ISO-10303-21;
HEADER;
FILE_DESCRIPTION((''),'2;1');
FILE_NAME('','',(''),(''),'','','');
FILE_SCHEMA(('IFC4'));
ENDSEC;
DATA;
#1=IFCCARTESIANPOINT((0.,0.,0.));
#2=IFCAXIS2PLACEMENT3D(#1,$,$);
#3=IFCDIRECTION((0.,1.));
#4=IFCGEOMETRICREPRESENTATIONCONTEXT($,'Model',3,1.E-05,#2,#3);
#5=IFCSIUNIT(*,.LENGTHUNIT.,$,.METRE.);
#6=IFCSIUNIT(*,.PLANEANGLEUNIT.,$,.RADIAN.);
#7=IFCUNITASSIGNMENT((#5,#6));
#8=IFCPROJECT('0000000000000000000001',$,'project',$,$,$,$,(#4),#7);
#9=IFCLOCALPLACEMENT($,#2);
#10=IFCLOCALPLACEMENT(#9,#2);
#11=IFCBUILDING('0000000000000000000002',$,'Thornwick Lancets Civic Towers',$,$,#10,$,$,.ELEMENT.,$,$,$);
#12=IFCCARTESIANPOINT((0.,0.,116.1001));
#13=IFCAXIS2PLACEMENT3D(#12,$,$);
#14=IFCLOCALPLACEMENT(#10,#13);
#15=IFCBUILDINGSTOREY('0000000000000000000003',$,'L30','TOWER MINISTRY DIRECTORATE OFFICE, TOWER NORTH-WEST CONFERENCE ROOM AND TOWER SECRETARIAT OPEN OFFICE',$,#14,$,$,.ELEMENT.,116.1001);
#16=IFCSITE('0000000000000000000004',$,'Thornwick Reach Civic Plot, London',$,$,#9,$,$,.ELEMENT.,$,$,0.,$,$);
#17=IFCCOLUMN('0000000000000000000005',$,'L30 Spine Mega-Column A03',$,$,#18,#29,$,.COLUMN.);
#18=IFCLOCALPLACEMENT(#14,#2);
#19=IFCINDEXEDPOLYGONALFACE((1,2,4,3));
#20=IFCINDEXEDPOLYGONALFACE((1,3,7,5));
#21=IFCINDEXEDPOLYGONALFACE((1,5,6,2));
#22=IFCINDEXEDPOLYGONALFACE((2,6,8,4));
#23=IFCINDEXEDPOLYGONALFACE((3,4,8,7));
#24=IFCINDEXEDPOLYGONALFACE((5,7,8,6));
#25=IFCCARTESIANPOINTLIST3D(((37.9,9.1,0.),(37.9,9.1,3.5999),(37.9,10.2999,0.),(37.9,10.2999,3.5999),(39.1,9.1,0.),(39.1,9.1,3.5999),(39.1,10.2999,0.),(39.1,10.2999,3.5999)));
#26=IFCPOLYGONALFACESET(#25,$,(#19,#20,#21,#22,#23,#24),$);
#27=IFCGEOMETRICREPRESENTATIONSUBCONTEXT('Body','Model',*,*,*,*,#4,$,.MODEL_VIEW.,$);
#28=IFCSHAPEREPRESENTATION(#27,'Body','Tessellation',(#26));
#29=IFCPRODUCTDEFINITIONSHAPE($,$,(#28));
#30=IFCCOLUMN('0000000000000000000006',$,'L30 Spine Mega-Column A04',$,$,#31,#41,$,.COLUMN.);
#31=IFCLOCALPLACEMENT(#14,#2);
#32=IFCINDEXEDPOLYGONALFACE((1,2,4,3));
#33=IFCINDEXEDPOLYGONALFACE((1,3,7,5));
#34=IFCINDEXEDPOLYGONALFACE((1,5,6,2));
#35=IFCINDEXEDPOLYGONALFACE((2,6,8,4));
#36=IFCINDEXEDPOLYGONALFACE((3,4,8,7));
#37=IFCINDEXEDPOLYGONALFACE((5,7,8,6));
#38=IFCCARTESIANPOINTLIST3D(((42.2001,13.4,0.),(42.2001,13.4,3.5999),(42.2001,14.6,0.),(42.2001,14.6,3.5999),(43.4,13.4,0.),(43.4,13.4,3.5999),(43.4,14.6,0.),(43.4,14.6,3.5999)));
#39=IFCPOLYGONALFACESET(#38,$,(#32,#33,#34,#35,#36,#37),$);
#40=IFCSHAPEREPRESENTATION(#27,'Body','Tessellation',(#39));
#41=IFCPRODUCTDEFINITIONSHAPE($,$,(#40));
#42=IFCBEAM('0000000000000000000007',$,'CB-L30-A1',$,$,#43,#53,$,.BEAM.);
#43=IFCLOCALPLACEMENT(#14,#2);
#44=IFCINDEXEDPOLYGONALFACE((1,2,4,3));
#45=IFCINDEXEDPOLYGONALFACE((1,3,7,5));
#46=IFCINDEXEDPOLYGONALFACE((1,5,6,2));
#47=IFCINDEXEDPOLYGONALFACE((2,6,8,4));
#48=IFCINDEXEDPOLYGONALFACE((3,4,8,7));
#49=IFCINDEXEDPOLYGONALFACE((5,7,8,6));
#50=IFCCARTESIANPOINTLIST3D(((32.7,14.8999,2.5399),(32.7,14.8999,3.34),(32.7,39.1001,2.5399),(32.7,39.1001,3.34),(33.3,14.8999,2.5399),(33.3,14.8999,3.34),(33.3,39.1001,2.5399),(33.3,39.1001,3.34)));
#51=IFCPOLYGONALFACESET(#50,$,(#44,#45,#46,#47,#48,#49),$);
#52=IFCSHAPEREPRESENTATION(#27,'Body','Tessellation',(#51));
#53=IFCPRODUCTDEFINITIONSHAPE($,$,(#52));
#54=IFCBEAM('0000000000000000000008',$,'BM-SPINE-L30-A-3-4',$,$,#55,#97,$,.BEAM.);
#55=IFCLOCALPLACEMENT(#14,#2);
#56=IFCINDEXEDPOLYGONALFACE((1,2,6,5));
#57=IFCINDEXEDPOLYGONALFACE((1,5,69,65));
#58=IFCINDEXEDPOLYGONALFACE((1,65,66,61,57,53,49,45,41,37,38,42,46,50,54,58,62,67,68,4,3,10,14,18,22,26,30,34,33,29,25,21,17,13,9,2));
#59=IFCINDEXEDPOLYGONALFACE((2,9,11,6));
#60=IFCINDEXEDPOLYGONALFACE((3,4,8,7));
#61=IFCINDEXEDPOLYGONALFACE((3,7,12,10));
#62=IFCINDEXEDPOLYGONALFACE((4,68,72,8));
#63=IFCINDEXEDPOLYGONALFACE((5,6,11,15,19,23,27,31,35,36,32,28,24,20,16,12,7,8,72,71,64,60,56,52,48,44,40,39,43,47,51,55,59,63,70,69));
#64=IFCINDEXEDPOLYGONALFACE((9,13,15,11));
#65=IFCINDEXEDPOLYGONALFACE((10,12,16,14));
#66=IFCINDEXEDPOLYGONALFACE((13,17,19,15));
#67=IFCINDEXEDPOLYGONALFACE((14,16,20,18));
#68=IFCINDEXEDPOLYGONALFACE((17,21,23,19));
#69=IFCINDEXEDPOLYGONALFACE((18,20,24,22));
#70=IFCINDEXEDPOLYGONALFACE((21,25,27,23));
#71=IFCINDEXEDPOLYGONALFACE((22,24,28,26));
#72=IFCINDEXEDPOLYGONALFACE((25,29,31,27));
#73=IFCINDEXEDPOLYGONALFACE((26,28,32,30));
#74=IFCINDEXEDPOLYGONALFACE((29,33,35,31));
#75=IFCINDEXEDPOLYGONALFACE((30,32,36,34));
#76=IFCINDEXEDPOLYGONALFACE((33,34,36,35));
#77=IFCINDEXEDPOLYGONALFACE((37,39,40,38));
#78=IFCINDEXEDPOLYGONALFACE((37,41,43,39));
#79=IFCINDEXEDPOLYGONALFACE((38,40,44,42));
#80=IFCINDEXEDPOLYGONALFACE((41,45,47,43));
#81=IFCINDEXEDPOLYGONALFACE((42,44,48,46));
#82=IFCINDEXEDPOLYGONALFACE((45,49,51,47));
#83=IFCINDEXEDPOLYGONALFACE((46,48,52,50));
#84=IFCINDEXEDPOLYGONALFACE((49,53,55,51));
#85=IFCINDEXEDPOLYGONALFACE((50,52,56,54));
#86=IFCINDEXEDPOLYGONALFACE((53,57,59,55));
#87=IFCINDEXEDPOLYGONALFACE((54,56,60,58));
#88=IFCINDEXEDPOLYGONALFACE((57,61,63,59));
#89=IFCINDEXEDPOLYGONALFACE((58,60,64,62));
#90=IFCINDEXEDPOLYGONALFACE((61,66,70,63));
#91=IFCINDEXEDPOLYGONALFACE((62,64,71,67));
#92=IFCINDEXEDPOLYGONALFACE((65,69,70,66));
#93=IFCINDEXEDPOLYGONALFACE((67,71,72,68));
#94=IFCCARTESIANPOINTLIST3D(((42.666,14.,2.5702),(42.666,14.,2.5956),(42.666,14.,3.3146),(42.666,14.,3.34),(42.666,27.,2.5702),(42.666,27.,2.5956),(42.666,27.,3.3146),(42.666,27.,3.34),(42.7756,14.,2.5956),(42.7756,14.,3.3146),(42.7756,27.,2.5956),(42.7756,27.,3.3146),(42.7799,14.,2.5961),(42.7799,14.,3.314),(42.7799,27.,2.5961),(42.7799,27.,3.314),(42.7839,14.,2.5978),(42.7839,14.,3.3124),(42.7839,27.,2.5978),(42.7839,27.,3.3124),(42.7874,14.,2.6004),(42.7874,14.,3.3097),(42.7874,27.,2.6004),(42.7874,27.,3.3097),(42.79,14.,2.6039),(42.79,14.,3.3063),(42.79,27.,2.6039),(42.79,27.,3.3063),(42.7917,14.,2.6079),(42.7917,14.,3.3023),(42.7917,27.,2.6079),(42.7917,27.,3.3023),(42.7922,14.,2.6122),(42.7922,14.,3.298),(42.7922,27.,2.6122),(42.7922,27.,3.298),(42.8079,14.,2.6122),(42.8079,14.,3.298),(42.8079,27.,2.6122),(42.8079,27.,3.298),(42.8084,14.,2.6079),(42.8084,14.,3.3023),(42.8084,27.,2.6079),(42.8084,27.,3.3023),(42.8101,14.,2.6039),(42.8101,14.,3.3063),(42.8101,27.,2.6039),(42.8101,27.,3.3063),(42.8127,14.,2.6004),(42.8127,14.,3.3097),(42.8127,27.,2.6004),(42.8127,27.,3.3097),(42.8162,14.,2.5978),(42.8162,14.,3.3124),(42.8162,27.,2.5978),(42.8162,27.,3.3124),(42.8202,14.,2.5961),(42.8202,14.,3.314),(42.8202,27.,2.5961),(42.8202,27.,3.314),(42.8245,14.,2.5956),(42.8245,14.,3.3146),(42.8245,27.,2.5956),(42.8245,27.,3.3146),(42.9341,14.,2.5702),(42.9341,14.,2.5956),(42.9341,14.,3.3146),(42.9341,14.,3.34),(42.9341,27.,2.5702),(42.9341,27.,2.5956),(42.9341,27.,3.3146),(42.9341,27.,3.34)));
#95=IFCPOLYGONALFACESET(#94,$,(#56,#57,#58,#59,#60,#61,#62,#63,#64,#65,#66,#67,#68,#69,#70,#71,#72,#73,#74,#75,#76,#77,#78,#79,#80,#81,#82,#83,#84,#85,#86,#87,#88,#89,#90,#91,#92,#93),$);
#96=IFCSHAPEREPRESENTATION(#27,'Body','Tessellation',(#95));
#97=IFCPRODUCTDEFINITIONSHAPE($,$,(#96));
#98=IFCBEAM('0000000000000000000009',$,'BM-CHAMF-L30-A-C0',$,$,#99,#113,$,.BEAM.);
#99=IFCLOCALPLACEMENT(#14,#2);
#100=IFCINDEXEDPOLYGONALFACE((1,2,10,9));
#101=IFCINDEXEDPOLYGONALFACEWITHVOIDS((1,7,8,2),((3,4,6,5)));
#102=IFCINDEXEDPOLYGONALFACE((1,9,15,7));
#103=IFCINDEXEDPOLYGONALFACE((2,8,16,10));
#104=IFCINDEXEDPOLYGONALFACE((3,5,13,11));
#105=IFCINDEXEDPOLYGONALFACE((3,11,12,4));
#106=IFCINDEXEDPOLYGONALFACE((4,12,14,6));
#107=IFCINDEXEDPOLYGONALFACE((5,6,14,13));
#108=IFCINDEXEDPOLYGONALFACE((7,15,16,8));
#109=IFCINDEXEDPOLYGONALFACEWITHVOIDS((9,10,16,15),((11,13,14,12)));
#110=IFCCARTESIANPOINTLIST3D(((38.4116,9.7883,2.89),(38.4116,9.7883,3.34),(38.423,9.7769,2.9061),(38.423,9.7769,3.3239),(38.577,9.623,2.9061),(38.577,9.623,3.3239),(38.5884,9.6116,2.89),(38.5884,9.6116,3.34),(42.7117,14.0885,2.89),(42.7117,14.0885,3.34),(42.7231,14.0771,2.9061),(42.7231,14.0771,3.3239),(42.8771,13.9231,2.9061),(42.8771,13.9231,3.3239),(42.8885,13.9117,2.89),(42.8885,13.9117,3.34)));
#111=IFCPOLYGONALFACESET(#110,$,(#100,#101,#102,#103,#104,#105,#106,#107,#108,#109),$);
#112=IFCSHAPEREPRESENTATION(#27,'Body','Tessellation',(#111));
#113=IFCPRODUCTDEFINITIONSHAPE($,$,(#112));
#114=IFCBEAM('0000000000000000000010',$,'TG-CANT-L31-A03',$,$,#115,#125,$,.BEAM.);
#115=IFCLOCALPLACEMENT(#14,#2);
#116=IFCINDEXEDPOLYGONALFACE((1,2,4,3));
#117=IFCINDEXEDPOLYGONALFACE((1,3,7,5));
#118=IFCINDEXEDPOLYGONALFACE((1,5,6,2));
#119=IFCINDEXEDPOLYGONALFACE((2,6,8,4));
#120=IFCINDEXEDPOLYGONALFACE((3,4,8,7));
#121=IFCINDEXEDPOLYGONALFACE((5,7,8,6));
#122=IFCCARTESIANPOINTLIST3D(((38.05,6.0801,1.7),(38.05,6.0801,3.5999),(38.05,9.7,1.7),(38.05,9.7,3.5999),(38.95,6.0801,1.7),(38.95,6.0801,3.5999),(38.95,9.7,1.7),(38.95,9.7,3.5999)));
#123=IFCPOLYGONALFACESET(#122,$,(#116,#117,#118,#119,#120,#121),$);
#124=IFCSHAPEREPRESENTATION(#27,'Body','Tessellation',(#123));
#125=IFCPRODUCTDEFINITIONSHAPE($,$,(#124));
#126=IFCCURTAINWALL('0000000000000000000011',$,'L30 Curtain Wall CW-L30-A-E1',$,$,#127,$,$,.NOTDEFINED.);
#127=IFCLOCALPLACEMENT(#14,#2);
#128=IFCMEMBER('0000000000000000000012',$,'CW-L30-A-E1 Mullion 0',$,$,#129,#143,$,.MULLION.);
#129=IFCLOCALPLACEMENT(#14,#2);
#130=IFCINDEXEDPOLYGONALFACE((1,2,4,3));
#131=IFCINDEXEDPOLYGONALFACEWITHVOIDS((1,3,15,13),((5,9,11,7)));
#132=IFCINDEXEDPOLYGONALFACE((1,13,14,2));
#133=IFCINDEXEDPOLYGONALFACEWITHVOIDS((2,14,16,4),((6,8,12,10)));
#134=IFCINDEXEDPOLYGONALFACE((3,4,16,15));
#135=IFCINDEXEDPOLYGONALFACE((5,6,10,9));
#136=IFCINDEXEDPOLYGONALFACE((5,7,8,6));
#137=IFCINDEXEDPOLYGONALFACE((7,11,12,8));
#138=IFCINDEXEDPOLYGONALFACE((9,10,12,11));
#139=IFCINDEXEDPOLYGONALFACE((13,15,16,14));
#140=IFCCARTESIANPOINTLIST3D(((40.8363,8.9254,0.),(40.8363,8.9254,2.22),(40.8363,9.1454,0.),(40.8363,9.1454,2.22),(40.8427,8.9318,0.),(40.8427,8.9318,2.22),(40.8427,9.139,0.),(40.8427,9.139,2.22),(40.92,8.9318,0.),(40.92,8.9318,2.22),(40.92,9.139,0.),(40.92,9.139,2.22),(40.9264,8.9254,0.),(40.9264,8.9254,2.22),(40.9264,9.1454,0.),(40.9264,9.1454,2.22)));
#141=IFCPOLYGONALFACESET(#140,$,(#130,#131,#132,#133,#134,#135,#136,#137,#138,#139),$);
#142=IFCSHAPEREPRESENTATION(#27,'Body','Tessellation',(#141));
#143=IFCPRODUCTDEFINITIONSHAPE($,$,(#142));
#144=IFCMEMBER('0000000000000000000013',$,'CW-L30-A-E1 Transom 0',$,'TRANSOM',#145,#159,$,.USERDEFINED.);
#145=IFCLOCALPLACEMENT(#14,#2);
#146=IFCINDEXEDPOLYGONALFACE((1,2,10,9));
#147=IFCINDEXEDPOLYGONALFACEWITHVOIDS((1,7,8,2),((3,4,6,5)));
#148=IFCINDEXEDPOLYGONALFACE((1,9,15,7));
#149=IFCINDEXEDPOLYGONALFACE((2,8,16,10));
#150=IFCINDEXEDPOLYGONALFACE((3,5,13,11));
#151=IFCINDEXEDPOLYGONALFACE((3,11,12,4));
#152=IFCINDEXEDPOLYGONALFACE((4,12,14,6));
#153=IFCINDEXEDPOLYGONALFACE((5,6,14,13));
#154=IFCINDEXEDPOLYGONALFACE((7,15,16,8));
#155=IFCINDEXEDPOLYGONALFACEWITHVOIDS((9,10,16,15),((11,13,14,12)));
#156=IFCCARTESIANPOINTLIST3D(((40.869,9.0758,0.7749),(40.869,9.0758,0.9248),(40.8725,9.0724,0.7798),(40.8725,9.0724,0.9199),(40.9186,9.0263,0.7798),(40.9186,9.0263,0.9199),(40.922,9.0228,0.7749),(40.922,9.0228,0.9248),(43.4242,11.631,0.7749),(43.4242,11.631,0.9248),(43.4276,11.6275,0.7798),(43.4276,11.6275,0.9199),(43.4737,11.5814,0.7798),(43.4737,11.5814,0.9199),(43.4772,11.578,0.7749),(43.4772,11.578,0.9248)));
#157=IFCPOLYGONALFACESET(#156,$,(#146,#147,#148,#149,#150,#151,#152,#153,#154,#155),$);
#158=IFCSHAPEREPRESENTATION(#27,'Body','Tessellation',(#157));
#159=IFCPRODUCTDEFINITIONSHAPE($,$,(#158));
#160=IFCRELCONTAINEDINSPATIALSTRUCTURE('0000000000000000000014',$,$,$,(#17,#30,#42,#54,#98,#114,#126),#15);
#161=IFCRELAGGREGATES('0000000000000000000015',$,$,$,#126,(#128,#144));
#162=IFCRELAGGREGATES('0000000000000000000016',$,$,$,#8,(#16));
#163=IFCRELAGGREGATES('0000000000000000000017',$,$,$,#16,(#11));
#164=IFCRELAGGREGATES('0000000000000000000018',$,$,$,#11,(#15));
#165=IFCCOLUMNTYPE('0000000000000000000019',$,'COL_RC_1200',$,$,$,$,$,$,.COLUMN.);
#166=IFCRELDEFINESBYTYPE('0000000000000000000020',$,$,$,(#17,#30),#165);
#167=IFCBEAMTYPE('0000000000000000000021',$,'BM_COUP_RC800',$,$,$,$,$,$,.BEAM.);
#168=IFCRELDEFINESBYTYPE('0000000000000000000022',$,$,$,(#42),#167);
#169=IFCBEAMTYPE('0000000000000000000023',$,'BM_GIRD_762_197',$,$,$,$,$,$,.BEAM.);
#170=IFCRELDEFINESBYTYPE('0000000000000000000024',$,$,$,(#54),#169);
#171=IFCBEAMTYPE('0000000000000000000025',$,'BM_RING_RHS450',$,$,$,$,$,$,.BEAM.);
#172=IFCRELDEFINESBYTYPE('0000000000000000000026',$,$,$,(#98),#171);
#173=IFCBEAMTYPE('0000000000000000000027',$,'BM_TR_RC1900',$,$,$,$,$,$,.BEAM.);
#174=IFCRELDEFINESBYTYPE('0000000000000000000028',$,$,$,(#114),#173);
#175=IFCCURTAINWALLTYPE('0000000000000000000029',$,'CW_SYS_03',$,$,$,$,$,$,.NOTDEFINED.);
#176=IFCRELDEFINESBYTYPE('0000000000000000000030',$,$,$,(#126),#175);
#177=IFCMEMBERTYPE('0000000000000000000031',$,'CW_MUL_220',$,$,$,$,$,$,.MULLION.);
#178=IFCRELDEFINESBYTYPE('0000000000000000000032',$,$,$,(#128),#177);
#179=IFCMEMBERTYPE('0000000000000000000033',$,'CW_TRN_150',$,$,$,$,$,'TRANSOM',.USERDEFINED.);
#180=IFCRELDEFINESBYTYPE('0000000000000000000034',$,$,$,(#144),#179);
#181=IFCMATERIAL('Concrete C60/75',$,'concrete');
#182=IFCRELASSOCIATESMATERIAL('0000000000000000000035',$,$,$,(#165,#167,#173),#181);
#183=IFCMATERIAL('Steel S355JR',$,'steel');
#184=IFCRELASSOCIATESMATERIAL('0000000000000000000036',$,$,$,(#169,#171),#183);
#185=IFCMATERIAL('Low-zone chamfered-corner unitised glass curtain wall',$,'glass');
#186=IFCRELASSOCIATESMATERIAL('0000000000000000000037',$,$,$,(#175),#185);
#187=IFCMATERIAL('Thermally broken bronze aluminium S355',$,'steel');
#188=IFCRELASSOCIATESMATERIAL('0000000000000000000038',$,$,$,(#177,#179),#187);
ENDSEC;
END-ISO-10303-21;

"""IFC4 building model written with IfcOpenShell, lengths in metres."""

from ifc_helpers import new_model, si_unit, direction, frame, origin, origin_2d, place, context, subcontext, project, spatial, rectangle, hollow_rectangle, i_section, extrude, material, material_profile, profile_set, type_object, element, aggregate, save


model = new_model("IFC4")

# Units and contexts
model_context = context("Model", 3, precision=1e-05, world=origin(), true_north=direction((0.0, 1.0)))
body_context = subcontext(model_context, "Body", "Model", "MODEL_VIEW")
ifc_project = project(units=[si_unit("LENGTHUNIT", "METRE"), si_unit("PLANEANGLEUNIT", "RADIAN")], contexts=[model_context])

# Site, building, storey
site_placement = place(None, origin())
site = spatial("IfcSite", under=ifc_project, at=site_placement, Name="Thornwick Reach Civic Plot, London", CompositionType="ELEMENT", RefElevation=0.0)
building_placement = place(site_placement, origin())
building = spatial("IfcBuilding", under=site, at=building_placement, Name="Thornwick Lancets Civic Towers", CompositionType="ELEMENT")
storey_placement = place(building_placement, frame((0.0, 0.0, 116.1001)))
storey = spatial("IfcBuildingStorey", under=building, at=storey_placement, Name="L30", Description="TOWER MINISTRY DIRECTORATE OFFICE, TOWER NORTH-WEST CONFERENCE ROOM AND TOWER SECRETARIAT OPEN OFFICE", CompositionType="ELEMENT", Elevation=116.1001)

# Columns
ifc_material_1 = material(Name="Concrete C60/75", Category="concrete")
ifc_material_profile_1 = material_profile(ifc_material_1, rectangle(XDim=1.2, YDim=1.2, at=origin_2d()), Name="RC 1200x1200")
ifc_profile_set_1 = profile_set([ifc_material_profile_1], Name="Concrete C60/75")
column_type = type_object("IfcColumnType", Name="COL_RC_1200", PredefinedType="COLUMN", material=ifc_profile_set_1)
for number, where, z_axis, x_axis, name in (
    (1, (38.5, 9.7, 0.0), (0.0, 0.0, 1.0), (1.0, 0.0, 0.0), "L30 Spine Mega-Column A03"),
    (2, (42.8, 14.0, 0.0), (0.0, 0.0, 1.0), (1.0, 0.0, 0.0), "L30 Spine Mega-Column A04"),
):
    element("IfcColumn", number, at=place(storey_placement, frame(where, z_axis=z_axis, x_axis=x_axis)), inside=storey, type_object=column_type, Name=name, PredefinedType="COLUMN", context=body_context, shape_type="SweptSolid", body=[
        extrude(rectangle(XDim=1.2, YDim=1.2, at=origin_2d()), origin(), (0.0, 0.0, 1.0), 3.5999),
    ])

# Beams
ifc_material_profile_2 = material_profile(ifc_material_1, rectangle(XDim=0.6001, YDim=0.8, at=origin_2d()), Name="RC 600x800")
ifc_profile_set_2 = profile_set([ifc_material_profile_2], Name="Concrete C60/75")
beam_type_1 = type_object("IfcBeamType", Name="BM_COUP_RC800", PredefinedType="BEAM", material=ifc_profile_set_2)
beam_1_placement = place(storey_placement, frame((33.0, 14.8999, 2.9399), z_axis=(0.0, 1.0, 0.0), x_axis=(-1.0, 0.0, 0.0)))
element("IfcBeam", 3, at=beam_1_placement, inside=storey, type_object=beam_type_1, Name="CB-L30-A1", PredefinedType="BEAM", context=body_context, shape_type="SweptSolid", body=[
    extrude(rectangle(XDim=0.6001, YDim=0.8, at=origin_2d()), origin(), (0.0, 0.0, 1.0), 24.2002),
])
ifc_material_2 = material(Name="Steel S355JR", Category="steel")
ifc_material_profile_3 = material_profile(ifc_material_2, i_section(OverallWidth=0.2681, OverallDepth=0.7698, WebThickness=0.0156, FlangeThickness=0.0254, FilletRadius=0.0166, at=origin_2d()), Name="UKB 762x267x197")
ifc_profile_set_3 = profile_set([ifc_material_profile_3], Name="Steel S355JR")
beam_type_2 = type_object("IfcBeamType", Name="BM_GIRD_762_197", PredefinedType="BEAM", material=ifc_profile_set_3)
beam_2_placement = place(storey_placement, frame((42.8, 14.0, 2.9551), z_axis=(0.0, 1.0, 0.0), x_axis=(-1.0, 0.0, 0.0)))
element("IfcBeam", 4, at=beam_2_placement, inside=storey, type_object=beam_type_2, Name="BM-SPINE-L30-A-3-4", PredefinedType="BEAM", context=body_context, shape_type="SweptSolid", body=[
    extrude(i_section(OverallWidth=0.2681, OverallDepth=0.7698, WebThickness=0.0156, FlangeThickness=0.0254, FilletRadius=0.0166, at=origin_2d()), origin(), (0.0, 0.0, 1.0), 13.0),
])
ifc_material_profile_4 = material_profile(ifc_material_2, hollow_rectangle(XDim=0.25, YDim=0.45, WallThickness=0.0161, at=origin_2d()), Name="RHS 450x250x16")
ifc_profile_set_4 = profile_set([ifc_material_profile_4], Name="Steel S355JR")
beam_type_3 = type_object("IfcBeamType", Name="BM_RING_RHS450", PredefinedType="BEAM", material=ifc_profile_set_4)
beam_3_placement = place(storey_placement, frame((38.5, 9.7, 3.115), z_axis=(0.707107, 0.707107, 0.0), x_axis=(-0.707107, 0.707107, 0.0)))
element("IfcBeam", 5, at=beam_3_placement, inside=storey, type_object=beam_type_3, Name="BM-CHAMF-L30-A-C0", PredefinedType="BEAM", context=body_context, shape_type="SweptSolid", body=[
    extrude(hollow_rectangle(XDim=0.25, YDim=0.45, WallThickness=0.0161, at=origin_2d()), origin(), (0.0, 0.0, 1.0), 6.0813),
])
ifc_material_profile_5 = material_profile(ifc_material_1, rectangle(XDim=0.8999, YDim=1.8999, at=origin_2d()), Name="RC 900x1900")
ifc_profile_set_5 = profile_set([ifc_material_profile_5], Name="Concrete C60/75")
beam_type_4 = type_object("IfcBeamType", Name="BM_TR_RC1900", PredefinedType="BEAM", material=ifc_profile_set_5)
beam_4_placement = place(storey_placement, frame((38.5, 9.7, 2.6499), z_axis=(0.0, -1.0, 0.0), x_axis=(1.0, 0.0, 0.0)))
element("IfcBeam", 6, at=beam_4_placement, inside=storey, type_object=beam_type_4, Name="TG-CANT-L31-A03", PredefinedType="BEAM", context=body_context, shape_type="SweptSolid", body=[
    extrude(rectangle(XDim=0.8999, YDim=1.8999, at=origin_2d()), origin(), (0.0, 0.0, 1.0), 3.6199),
])

# Curtain wall, members
ifc_material_3 = material(Name="Low-zone chamfered-corner unitised glass curtain wall", Category="glass")
curtain_wall_type = type_object("IfcCurtainWallType", Name="CW_SYS_03", PredefinedType="NOTDEFINED", material=ifc_material_3)
curtain_wall_placement = place(storey_placement, origin())
curtain_wall = element("IfcCurtainWall", 7, at=curtain_wall_placement, inside=storey, type_object=curtain_wall_type, Name="L30 Curtain Wall CW-L30-A-E1", PredefinedType="NOTDEFINED")
ifc_material_4 = material(Name="Thermally broken bronze aluminium S355", Category="steel")
ifc_material_profile_6 = material_profile(ifc_material_4, hollow_rectangle(XDim=0.0901, YDim=0.22, WallThickness=0.0063, at=origin_2d()), Name="RHS 220x90x6.3")
ifc_profile_set_6 = profile_set([ifc_material_profile_6], Name="Thermally broken bronze aluminium S355")
member_type_1 = type_object("IfcMemberType", Name="CW_MUL_220", PredefinedType="MULLION", material=ifc_profile_set_6)
member_1_placement = place(storey_placement, frame((40.8813, 9.0354, 0.0), z_axis=(0.0, 0.0, 1.0), x_axis=(1.0, 0.0, 0.0)))
member_1 = element("IfcMember", 8, at=member_1_placement, type_object=member_type_1, Name="CW-L30-A-E1 Mullion 0", PredefinedType="MULLION", context=body_context, shape_type="SweptSolid", body=[
    extrude(hollow_rectangle(XDim=0.0901, YDim=0.22, WallThickness=0.0063, at=origin_2d()), origin(), (0.0, 0.0, 1.0), 2.22),
])
ifc_material_profile_7 = material_profile(ifc_material_4, hollow_rectangle(XDim=0.075, YDim=0.1499, WallThickness=0.0049, at=origin_2d()), Name="RHS 150x75x5")
ifc_profile_set_7 = profile_set([ifc_material_profile_7], Name="Thermally broken bronze aluminium S355")
member_type_2 = type_object("IfcMemberType", Name="CW_TRN_150", ElementType="TRANSOM", PredefinedType="USERDEFINED", material=ifc_profile_set_7)
member_2_placement = place(storey_placement, frame((40.8955, 9.0493, 0.8499), z_axis=(0.707107, 0.707107, 0.0), x_axis=(-0.707107, 0.707107, 0.0)))
member_2 = element("IfcMember", 9, at=member_2_placement, type_object=member_type_2, Name="CW-L30-A-E1 Transom 0", ObjectType="TRANSOM", PredefinedType="USERDEFINED", context=body_context, shape_type="SweptSolid", body=[
    extrude(hollow_rectangle(XDim=0.075, YDim=0.1499, WallThickness=0.0049, at=origin_2d()), origin(), (0.0, 0.0, 1.0), 3.6135),
])

aggregate(curtain_wall, [member_1, member_2])

save(model, "model.ifc")
